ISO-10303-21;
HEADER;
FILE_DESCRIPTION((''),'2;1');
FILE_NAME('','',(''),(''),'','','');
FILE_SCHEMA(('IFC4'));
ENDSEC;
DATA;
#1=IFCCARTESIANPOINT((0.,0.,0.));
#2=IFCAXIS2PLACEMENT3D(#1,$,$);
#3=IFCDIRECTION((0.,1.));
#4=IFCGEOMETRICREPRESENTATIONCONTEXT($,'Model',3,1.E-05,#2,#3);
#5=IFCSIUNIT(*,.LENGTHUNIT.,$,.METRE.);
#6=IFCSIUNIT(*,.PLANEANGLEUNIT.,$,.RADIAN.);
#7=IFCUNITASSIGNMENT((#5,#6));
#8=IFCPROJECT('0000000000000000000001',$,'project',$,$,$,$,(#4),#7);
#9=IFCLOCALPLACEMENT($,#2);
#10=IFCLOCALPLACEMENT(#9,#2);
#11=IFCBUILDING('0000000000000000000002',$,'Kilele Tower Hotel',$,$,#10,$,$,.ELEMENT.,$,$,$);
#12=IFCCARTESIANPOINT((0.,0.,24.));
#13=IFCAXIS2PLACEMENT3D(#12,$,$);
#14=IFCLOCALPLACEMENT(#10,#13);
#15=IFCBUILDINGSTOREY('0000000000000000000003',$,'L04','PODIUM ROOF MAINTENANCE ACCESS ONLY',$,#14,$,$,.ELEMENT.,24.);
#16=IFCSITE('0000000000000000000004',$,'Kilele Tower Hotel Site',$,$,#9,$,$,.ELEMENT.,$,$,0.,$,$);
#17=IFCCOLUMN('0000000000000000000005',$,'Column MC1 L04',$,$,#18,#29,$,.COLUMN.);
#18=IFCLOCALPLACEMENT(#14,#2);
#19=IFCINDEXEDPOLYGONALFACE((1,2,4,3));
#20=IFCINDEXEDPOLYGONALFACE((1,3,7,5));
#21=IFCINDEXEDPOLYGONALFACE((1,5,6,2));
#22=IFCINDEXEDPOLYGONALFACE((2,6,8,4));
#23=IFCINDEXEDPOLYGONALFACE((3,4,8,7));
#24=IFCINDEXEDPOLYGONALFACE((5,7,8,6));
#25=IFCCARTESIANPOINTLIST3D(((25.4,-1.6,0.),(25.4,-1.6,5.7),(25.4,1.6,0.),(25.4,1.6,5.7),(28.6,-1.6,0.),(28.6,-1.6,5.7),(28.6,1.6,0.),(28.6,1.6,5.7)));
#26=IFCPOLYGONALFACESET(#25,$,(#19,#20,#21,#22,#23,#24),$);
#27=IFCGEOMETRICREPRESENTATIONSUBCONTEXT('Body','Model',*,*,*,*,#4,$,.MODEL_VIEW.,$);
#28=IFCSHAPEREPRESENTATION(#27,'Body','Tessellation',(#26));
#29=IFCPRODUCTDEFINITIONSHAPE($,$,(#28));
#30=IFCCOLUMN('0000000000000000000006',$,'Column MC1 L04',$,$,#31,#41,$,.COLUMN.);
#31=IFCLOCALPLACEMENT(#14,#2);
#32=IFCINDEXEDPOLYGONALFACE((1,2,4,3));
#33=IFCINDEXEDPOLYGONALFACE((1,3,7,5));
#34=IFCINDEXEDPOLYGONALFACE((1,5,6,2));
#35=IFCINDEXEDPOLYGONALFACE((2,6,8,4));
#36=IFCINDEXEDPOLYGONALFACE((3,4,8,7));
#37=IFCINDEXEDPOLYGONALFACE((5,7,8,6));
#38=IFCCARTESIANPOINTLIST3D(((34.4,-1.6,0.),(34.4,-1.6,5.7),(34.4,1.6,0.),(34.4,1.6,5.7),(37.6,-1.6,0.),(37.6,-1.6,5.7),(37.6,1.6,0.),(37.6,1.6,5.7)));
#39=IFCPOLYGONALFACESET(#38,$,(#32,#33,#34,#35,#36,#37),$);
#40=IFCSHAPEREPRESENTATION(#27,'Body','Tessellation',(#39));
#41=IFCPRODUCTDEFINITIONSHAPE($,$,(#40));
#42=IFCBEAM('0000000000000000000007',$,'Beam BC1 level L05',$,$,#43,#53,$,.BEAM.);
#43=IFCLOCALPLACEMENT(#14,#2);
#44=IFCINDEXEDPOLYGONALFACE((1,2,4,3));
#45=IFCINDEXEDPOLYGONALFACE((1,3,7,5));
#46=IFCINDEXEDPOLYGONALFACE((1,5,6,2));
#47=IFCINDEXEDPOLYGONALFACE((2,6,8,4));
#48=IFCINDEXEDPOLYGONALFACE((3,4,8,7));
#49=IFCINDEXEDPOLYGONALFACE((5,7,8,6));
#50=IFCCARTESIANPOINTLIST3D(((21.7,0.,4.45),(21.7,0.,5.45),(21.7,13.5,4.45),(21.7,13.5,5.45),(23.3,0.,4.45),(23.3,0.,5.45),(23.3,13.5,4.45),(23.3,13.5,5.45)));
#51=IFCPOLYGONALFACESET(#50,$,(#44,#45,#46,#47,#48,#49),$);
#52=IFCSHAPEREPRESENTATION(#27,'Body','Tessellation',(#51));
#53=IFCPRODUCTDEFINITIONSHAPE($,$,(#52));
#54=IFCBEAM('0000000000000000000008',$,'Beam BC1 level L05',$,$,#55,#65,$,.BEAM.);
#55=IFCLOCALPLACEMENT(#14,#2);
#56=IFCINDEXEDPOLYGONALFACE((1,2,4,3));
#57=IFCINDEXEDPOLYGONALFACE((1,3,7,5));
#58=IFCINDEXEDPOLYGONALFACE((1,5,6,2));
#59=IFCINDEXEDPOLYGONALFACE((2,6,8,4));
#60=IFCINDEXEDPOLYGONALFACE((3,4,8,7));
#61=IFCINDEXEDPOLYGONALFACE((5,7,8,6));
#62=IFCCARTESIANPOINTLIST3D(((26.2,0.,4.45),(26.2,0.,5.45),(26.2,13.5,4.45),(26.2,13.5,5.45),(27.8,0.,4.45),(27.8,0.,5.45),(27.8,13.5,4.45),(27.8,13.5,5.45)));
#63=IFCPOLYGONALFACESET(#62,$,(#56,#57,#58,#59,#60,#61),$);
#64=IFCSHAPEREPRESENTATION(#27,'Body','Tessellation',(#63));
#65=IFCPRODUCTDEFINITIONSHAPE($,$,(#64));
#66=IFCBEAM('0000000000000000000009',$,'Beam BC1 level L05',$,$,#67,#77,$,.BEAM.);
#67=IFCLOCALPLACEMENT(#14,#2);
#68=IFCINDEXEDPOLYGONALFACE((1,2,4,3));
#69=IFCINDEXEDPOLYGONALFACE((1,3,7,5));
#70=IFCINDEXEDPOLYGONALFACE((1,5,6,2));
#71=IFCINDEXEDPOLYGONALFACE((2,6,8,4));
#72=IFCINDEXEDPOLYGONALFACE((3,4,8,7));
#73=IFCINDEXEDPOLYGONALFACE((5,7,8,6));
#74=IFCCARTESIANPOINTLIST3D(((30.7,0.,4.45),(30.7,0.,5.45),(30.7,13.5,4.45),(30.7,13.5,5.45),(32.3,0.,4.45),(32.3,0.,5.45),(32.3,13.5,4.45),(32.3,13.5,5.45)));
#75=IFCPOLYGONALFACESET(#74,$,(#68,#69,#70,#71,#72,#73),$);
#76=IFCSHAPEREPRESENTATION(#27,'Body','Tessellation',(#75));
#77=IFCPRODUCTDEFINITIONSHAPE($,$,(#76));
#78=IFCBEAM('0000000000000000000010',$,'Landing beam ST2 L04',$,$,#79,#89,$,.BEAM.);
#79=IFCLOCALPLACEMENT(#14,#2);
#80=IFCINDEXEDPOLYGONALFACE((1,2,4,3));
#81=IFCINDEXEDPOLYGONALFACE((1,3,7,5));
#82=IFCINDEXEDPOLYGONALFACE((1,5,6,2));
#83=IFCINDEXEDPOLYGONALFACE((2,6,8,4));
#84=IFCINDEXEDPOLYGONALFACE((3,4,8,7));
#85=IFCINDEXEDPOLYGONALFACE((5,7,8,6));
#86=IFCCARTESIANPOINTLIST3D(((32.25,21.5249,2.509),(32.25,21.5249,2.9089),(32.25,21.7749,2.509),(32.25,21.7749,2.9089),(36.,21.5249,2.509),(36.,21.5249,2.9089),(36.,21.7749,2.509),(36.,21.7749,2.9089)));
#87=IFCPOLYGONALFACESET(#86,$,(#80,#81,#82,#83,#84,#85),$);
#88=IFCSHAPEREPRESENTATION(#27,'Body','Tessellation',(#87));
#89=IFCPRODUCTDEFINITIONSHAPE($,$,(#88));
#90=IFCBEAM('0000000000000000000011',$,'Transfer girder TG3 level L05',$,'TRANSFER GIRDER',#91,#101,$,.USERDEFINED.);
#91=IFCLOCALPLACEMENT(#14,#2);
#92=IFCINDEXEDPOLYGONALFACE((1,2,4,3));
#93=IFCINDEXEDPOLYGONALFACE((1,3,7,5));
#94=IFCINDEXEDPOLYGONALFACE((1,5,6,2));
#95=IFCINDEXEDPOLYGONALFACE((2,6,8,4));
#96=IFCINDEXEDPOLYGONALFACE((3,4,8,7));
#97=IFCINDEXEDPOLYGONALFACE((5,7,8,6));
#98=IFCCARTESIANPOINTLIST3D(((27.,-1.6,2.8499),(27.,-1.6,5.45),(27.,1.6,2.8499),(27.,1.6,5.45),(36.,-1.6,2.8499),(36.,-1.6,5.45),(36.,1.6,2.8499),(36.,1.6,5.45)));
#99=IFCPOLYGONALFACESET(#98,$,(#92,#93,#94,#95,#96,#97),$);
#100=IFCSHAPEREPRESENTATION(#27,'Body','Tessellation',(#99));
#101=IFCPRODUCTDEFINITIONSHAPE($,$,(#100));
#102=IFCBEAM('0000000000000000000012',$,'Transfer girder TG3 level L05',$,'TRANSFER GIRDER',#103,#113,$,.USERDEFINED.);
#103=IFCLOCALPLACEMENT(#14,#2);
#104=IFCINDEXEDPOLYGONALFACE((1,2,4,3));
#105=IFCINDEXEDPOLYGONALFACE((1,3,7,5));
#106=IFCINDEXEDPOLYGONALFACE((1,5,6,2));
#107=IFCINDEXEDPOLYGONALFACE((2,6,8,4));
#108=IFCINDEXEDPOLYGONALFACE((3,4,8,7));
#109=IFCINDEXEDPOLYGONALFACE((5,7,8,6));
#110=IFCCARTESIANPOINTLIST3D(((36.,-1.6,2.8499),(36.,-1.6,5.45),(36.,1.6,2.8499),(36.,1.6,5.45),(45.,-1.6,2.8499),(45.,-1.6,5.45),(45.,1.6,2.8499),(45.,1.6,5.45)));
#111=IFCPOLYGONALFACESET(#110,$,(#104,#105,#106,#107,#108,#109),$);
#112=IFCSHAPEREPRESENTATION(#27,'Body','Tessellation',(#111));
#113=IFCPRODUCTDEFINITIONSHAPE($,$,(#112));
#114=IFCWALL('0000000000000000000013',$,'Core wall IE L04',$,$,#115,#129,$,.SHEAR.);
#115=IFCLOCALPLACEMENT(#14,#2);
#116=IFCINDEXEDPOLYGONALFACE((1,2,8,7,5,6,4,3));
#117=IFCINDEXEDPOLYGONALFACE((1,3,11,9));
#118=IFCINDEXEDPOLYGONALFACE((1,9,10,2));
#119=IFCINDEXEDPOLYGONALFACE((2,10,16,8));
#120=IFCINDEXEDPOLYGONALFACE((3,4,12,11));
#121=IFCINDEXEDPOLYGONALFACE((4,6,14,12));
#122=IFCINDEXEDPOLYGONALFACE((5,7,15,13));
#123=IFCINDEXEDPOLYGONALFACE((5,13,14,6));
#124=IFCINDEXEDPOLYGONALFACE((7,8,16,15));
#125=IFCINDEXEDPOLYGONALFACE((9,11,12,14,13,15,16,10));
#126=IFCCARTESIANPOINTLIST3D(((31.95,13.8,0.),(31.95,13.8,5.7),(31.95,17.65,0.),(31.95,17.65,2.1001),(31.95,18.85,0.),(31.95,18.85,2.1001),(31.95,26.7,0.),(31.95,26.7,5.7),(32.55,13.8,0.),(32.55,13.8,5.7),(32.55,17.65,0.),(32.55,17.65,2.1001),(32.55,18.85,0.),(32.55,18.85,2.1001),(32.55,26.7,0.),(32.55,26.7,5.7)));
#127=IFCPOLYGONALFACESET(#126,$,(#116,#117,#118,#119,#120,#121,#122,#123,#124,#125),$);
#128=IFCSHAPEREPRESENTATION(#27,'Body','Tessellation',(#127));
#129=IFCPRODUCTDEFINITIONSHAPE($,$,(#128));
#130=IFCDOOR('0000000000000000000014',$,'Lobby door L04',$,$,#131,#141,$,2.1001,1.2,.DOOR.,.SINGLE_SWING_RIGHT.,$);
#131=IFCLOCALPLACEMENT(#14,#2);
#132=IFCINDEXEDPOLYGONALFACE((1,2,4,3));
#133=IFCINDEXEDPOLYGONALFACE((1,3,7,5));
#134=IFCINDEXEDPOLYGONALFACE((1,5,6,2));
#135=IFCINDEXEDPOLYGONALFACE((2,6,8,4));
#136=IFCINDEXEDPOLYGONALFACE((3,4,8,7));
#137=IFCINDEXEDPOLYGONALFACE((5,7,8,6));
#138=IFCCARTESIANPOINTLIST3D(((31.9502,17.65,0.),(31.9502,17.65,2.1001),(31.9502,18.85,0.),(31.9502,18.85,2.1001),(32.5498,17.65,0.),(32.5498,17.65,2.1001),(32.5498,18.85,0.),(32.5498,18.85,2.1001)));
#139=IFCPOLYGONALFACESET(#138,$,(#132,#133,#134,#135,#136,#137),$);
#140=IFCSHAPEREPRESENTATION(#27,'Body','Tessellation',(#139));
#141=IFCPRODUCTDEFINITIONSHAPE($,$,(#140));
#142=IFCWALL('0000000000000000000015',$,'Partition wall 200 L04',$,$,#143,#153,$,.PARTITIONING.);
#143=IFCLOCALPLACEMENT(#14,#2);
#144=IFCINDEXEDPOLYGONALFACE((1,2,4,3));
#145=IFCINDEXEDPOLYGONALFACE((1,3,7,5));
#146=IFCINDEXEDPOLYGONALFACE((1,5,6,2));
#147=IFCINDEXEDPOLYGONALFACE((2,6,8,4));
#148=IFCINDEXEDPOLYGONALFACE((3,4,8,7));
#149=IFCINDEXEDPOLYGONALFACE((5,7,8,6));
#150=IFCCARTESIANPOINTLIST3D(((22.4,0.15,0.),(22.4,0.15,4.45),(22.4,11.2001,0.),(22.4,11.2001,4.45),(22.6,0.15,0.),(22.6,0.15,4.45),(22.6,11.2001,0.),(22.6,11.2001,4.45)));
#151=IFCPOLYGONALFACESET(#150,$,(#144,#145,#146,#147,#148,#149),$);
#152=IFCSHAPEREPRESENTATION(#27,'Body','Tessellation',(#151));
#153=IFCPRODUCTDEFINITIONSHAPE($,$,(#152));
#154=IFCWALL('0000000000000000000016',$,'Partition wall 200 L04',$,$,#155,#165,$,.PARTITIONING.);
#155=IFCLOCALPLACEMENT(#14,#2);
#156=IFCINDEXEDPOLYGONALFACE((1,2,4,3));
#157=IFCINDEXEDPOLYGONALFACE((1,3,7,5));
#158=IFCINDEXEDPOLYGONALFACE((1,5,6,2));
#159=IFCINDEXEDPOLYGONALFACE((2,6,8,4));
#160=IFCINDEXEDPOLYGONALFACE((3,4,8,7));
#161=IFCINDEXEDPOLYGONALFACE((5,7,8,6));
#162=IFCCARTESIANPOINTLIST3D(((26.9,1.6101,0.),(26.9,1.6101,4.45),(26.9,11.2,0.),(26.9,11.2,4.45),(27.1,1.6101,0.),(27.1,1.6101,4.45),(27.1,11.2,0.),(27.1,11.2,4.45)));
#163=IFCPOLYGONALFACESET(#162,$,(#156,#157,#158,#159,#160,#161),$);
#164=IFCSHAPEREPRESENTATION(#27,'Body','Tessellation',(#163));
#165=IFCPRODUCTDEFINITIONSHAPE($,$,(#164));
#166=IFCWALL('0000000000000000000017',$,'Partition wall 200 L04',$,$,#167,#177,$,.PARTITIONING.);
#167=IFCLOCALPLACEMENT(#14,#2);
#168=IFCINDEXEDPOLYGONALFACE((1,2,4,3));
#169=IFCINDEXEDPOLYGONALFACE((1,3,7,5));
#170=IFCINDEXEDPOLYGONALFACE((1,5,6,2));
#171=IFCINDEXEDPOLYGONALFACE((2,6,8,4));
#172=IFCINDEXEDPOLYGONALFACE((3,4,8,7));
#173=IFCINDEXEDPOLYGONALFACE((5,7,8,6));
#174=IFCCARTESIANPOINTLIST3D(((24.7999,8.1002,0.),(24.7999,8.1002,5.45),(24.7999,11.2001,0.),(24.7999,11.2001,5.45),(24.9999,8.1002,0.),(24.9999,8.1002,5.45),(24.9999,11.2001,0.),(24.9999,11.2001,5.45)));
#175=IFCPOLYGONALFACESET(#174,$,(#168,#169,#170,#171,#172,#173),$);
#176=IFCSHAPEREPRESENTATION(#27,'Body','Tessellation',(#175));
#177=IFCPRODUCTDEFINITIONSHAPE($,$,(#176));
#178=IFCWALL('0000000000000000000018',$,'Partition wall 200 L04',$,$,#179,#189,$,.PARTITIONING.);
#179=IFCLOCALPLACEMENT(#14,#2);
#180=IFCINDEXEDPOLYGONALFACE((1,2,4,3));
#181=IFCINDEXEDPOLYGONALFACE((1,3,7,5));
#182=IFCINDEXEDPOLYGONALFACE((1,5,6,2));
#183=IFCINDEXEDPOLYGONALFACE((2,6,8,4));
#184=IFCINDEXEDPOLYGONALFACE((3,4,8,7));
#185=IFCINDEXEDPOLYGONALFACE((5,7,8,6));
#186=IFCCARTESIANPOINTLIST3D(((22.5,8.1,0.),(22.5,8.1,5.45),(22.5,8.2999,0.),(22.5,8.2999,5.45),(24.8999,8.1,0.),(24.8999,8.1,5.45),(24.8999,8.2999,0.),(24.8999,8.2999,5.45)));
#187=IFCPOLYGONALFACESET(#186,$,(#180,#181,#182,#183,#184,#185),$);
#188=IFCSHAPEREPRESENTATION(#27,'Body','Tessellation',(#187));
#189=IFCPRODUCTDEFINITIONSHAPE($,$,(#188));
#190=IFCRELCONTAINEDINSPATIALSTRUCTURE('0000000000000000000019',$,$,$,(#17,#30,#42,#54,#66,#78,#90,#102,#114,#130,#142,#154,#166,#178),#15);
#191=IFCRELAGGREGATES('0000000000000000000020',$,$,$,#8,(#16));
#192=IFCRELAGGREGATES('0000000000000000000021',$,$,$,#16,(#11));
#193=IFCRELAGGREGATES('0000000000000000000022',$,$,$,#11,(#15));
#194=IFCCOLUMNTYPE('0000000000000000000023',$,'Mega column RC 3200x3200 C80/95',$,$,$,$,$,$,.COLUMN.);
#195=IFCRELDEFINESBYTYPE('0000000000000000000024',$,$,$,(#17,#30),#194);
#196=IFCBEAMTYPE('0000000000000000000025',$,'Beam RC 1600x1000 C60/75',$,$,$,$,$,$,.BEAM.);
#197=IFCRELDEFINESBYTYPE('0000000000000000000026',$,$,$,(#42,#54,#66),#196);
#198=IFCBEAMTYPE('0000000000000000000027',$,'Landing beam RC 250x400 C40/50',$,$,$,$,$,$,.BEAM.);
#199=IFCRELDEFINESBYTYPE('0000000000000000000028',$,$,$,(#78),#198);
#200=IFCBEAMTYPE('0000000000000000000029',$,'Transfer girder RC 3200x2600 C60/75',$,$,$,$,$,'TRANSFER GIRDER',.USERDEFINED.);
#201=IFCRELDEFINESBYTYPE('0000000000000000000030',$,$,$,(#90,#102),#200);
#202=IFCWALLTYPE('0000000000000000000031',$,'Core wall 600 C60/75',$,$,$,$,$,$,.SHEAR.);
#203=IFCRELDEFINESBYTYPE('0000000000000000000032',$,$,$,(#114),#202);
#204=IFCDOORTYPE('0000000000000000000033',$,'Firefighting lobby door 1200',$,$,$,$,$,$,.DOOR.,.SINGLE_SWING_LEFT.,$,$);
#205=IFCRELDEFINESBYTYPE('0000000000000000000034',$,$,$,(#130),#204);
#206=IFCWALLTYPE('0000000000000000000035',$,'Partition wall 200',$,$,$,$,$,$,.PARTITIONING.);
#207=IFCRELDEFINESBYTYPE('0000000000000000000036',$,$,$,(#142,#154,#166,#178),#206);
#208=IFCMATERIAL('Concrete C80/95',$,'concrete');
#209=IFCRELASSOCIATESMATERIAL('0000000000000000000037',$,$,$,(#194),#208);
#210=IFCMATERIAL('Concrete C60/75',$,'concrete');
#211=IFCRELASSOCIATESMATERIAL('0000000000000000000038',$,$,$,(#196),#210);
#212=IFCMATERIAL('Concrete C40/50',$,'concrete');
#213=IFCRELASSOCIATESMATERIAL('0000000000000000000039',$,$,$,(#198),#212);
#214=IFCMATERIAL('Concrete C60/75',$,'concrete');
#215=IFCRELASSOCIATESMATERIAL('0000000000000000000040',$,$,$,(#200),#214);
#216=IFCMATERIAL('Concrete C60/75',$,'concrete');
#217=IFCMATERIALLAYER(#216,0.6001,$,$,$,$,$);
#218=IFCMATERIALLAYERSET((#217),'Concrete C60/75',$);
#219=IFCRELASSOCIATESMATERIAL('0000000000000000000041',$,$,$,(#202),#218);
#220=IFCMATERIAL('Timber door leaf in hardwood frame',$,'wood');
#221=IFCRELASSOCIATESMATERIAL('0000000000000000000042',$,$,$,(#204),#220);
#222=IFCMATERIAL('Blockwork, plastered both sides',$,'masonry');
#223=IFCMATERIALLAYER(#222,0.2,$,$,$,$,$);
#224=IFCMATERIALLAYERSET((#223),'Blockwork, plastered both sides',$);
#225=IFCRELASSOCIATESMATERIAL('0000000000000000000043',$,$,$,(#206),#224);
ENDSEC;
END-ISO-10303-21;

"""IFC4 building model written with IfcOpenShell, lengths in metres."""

from ifc_helpers import new_model, si_unit, direction, frame, frame_2d, origin, origin_2d, place, context, subcontext, project, spatial, rectangle, extrude, material, layer, layer_set, material_profile, profile_set, type_object, element, fill, save


model = new_model("IFC4")

# Units and contexts
model_context = context("Model", 3, precision=1e-05, world=origin(), true_north=direction((0.0, 1.0)))
body_context = subcontext(model_context, "Body", "Model", "MODEL_VIEW")
ifc_project = project(units=[si_unit("LENGTHUNIT", "METRE"), si_unit("PLANEANGLEUNIT", "RADIAN")], contexts=[model_context])

# Site, building, storey
site_placement = place(None, origin())
site = spatial("IfcSite", under=ifc_project, at=site_placement, Name="Kilele Tower Hotel Site", CompositionType="ELEMENT", RefElevation=0.0)
building_placement = place(site_placement, origin())
building = spatial("IfcBuilding", under=site, at=building_placement, Name="Kilele Tower Hotel", CompositionType="ELEMENT")
storey_placement = place(building_placement, frame((0.0, 0.0, 24.0)))
storey = spatial("IfcBuildingStorey", under=building, at=storey_placement, Name="L04", Description="PODIUM ROOF MAINTENANCE ACCESS ONLY", CompositionType="ELEMENT", Elevation=24.0)

# Columns
ifc_material_1 = material(Name="Concrete C80/95", Category="concrete")
ifc_material_profile_1 = material_profile(ifc_material_1, rectangle(XDim=3.2, YDim=3.2, at=origin_2d()))
ifc_profile_set_1 = profile_set([ifc_material_profile_1], Name="Concrete C80/95")
column_type = type_object("IfcColumnType", Name="Mega column RC 3200x3200 C80/95", PredefinedType="COLUMN", material=ifc_profile_set_1)
for number, where, z_axis, x_axis, name in (
    (1, (27.0, 0.0, 0.0), (0.0, 0.0, 1.0), (1.0, 0.0, 0.0), "Column MC1 L04"),
    (2, (36.0, 0.0, 0.0), (0.0, 0.0, 1.0), (1.0, 0.0, 0.0), "Column MC1 L04"),
):
    element("IfcColumn", number, at=place(storey_placement, frame(where, z_axis=z_axis, x_axis=x_axis)), inside=storey, type_object=column_type, Name=name, PredefinedType="COLUMN", context=body_context, shape_type="SweptSolid", body=[
        extrude(rectangle(XDim=3.2, YDim=3.2, at=origin_2d()), origin(), (0.0, 0.0, 1.0), 5.7),
    ])

# Beams
ifc_material_2 = material(Name="Concrete C60/75", Category="concrete")
ifc_material_profile_2 = material_profile(ifc_material_2, rectangle(XDim=1.6001, YDim=1.0, at=origin_2d()))
ifc_profile_set_2 = profile_set([ifc_material_profile_2], Name="Concrete C60/75")
beam_type_1 = type_object("IfcBeamType", Name="Beam RC 1600x1000 C60/75", PredefinedType="BEAM", material=ifc_profile_set_2)
for number, where, z_axis, x_axis, name in (
    (3, (22.5, 0.0, 4.95), (0.0, 1.0, 0.0), (-1.0, 0.0, 0.0), "Beam BC1 level L05"),
    (4, (27.0, 0.0, 4.95), (0.0, 1.0, 0.0), (-1.0, 0.0, 0.0), "Beam BC1 level L05"),
    (5, (31.5, 0.0, 4.95), (0.0, 1.0, 0.0), (-1.0, 0.0, 0.0), "Beam BC1 level L05"),
):
    element("IfcBeam", number, at=place(storey_placement, frame(where, z_axis=z_axis, x_axis=x_axis)), inside=storey, type_object=beam_type_1, Name=name, PredefinedType="BEAM", context=body_context, shape_type="SweptSolid", body=[
        extrude(rectangle(XDim=1.6001, YDim=1.0, at=origin_2d()), origin(), (0.0, 0.0, 1.0), 13.5),
    ])
ifc_material_3 = material(Name="Concrete C40/50", Category="concrete")
ifc_material_profile_3 = material_profile(ifc_material_3, rectangle(XDim=0.25, YDim=0.3999, at=origin_2d()))
ifc_profile_set_3 = profile_set([ifc_material_profile_3], Name="Concrete C40/50")
beam_type_2 = type_object("IfcBeamType", Name="Landing beam RC 250x400 C40/50", PredefinedType="BEAM", material=ifc_profile_set_3)
beam_placement = place(storey_placement, frame((32.25, 21.6499, 2.709), z_axis=(1.0, 0.0, 0.0), x_axis=(0.0, 1.0, 0.0)))
element("IfcBeam", 6, at=beam_placement, inside=storey, type_object=beam_type_2, Name="Landing beam ST2 L04", PredefinedType="BEAM", context=body_context, shape_type="SweptSolid", body=[
    extrude(rectangle(XDim=0.25, YDim=0.3999, at=origin_2d()), origin(), (0.0, 0.0, 1.0), 3.75),
])
ifc_material_4 = material(Name="Concrete C60/75", Category="concrete")
ifc_material_profile_4 = material_profile(ifc_material_4, rectangle(XDim=3.2, YDim=2.6001, at=origin_2d()))
ifc_profile_set_4 = profile_set([ifc_material_profile_4], Name="Concrete C60/75")
beam_type_3 = type_object("IfcBeamType", Name="Transfer girder RC 3200x2600 C60/75", ElementType="TRANSFER GIRDER", PredefinedType="USERDEFINED", material=ifc_profile_set_4)
for number, where, z_axis, x_axis, name in (
    (7, (27.0, 0.0, 4.1499), (1.0, 0.0, 0.0), (0.0, 1.0, 0.0), "Transfer girder TG3 level L05"),
    (8, (36.0, 0.0, 4.1499), (1.0, 0.0, 0.0), (0.0, 1.0, 0.0), "Transfer girder TG3 level L05"),
):
    element("IfcBeam", number, at=place(storey_placement, frame(where, z_axis=z_axis, x_axis=x_axis)), inside=storey, type_object=beam_type_3, Name=name, ObjectType="TRANSFER GIRDER", PredefinedType="USERDEFINED", context=body_context, shape_type="SweptSolid", body=[
        extrude(rectangle(XDim=3.2, YDim=2.6001, at=origin_2d()), origin(), (0.0, 0.0, 1.0), 9.0),
    ])

# Wall, opening, door
ifc_material_5 = material(Name="Concrete C60/75", Category="concrete")
ifc_layer_1 = layer(ifc_material_5, 0.6001)
ifc_layer_set_1 = layer_set([ifc_layer_1], Name="Concrete C60/75")
wall_type_1 = type_object("IfcWallType", Name="Core wall 600 C60/75", PredefinedType="SHEAR", material=ifc_layer_set_1)
wall_1_placement = place(storey_placement, frame((32.25, 13.8, 0.0), z_axis=(0.0, 0.0, 1.0), x_axis=(0.0, 1.0, 0.0)))
wall_1 = element("IfcWall", 9, at=wall_1_placement, inside=storey, type_object=wall_type_1, Name="Core wall IE L04", PredefinedType="SHEAR", context=body_context, shape_type="SweptSolid", body=[
    extrude(rectangle(XDim=12.8999, YDim=0.6001, at=frame_2d((6.45, 0.0))), origin(), (0.0, 0.0, 1.0), 5.7),
])
opening_placement = place(wall_1_placement, frame((5.05, 0.0, 0.0), z_axis=(0.0, 0.0, 1.0), x_axis=(-1.0, 0.0, 0.0)))
opening = element("IfcOpeningElement", 10, at=opening_placement, cuts=wall_1, PredefinedType="OPENING", context=body_context, shape_type="SweptSolid", body=[
    extrude(rectangle(XDim=1.2, YDim=2.1001, at=frame_2d((0.6001, 1.05))), frame((0.0, 0.3101, 0.0), z_axis=(0.0, -1.0, 0.0), x_axis=(1.0, 0.0, 0.0)), (0.0, 0.0, 1.0), 0.6201),
])
ifc_material_6 = material(Name="Timber door leaf in hardwood frame", Category="wood")
door_type = type_object("IfcDoorType", Name="Firefighting lobby door 1200", OperationType="SINGLE_SWING_LEFT", PredefinedType="DOOR", material=ifc_material_6)
door_placement = place(opening_placement, origin())
door = element("IfcDoor", 11, at=door_placement, inside=storey, type_object=door_type, Name="Lobby door L04", OperationType="SINGLE_SWING_RIGHT", OverallHeight=2.1001, OverallWidth=1.2, PredefinedType="DOOR", context=body_context, shape_type="SweptSolid", body=[
    extrude(rectangle(XDim=1.2, YDim=2.1001, at=frame_2d((0.6001, 1.05))), frame((0.0, 0.2998, 0.0), z_axis=(0.0, -1.0, 0.0), x_axis=(1.0, 0.0, 0.0)), (0.0, 0.0, 1.0), 0.5996),
])
fill(opening, door)

# Walls
ifc_material_7 = material(Name="Blockwork, plastered both sides", Category="masonry")
ifc_layer_2 = layer(ifc_material_7, 0.2)
ifc_layer_set_2 = layer_set([ifc_layer_2], Name="Blockwork, plastered both sides")
wall_type_2 = type_object("IfcWallType", Name="Partition wall 200", PredefinedType="PARTITIONING", material=ifc_layer_set_2)
wall_2_placement = place(storey_placement, frame((22.5, 11.2, 0.0), z_axis=(0.0, 0.0, 1.0), x_axis=(0.0, -1.0, 0.0)))
element("IfcWall", 12, at=wall_2_placement, inside=storey, type_object=wall_type_2, Name="Partition wall 200 L04", PredefinedType="PARTITIONING", context=body_context, shape_type="SweptSolid", body=[
    extrude(rectangle(XDim=11.05, YDim=0.2, at=frame_2d((5.5249, 0.0))), origin(), (0.0, 0.0, 1.0), 4.45),
])
wall_3_placement = place(storey_placement, frame((27.0, 11.2, 0.0), z_axis=(0.0, 0.0, 1.0), x_axis=(0.0, -1.0, 0.0)))
element("IfcWall", 13, at=wall_3_placement, inside=storey, type_object=wall_type_2, Name="Partition wall 200 L04", PredefinedType="PARTITIONING", context=body_context, shape_type="SweptSolid", body=[
    extrude(rectangle(XDim=9.5898, YDim=0.2, at=frame_2d((4.7949, 0.0))), origin(), (0.0, 0.0, 1.0), 4.45),
])
wall_4_placement = place(storey_placement, frame((24.8999, 11.2, 0.0), z_axis=(0.0, 0.0, 1.0), x_axis=(0.0, -1.0, 0.0)))
element("IfcWall", 14, at=wall_4_placement, inside=storey, type_object=wall_type_2, Name="Partition wall 200 L04", PredefinedType="PARTITIONING", context=body_context, shape_type="SweptSolid", body=[
    extrude(rectangle(XDim=3.0999, YDim=0.2, at=frame_2d((1.5498, 0.0))), origin(), (0.0, 0.0, 1.0), 5.45),
])
wall_5_placement = place(storey_placement, frame((22.5, 8.2, 0.0), z_axis=(0.0, 0.0, 1.0), x_axis=(1.0, 0.0, 0.0)))
element("IfcWall", 15, at=wall_5_placement, inside=storey, type_object=wall_type_2, Name="Partition wall 200 L04", PredefinedType="PARTITIONING", context=body_context, shape_type="SweptSolid", body=[
    extrude(rectangle(XDim=2.3999, YDim=0.2, at=frame_2d((1.2, 0.0))), origin(), (0.0, 0.0, 1.0), 5.45),
])

save(model, "model.ifc")
